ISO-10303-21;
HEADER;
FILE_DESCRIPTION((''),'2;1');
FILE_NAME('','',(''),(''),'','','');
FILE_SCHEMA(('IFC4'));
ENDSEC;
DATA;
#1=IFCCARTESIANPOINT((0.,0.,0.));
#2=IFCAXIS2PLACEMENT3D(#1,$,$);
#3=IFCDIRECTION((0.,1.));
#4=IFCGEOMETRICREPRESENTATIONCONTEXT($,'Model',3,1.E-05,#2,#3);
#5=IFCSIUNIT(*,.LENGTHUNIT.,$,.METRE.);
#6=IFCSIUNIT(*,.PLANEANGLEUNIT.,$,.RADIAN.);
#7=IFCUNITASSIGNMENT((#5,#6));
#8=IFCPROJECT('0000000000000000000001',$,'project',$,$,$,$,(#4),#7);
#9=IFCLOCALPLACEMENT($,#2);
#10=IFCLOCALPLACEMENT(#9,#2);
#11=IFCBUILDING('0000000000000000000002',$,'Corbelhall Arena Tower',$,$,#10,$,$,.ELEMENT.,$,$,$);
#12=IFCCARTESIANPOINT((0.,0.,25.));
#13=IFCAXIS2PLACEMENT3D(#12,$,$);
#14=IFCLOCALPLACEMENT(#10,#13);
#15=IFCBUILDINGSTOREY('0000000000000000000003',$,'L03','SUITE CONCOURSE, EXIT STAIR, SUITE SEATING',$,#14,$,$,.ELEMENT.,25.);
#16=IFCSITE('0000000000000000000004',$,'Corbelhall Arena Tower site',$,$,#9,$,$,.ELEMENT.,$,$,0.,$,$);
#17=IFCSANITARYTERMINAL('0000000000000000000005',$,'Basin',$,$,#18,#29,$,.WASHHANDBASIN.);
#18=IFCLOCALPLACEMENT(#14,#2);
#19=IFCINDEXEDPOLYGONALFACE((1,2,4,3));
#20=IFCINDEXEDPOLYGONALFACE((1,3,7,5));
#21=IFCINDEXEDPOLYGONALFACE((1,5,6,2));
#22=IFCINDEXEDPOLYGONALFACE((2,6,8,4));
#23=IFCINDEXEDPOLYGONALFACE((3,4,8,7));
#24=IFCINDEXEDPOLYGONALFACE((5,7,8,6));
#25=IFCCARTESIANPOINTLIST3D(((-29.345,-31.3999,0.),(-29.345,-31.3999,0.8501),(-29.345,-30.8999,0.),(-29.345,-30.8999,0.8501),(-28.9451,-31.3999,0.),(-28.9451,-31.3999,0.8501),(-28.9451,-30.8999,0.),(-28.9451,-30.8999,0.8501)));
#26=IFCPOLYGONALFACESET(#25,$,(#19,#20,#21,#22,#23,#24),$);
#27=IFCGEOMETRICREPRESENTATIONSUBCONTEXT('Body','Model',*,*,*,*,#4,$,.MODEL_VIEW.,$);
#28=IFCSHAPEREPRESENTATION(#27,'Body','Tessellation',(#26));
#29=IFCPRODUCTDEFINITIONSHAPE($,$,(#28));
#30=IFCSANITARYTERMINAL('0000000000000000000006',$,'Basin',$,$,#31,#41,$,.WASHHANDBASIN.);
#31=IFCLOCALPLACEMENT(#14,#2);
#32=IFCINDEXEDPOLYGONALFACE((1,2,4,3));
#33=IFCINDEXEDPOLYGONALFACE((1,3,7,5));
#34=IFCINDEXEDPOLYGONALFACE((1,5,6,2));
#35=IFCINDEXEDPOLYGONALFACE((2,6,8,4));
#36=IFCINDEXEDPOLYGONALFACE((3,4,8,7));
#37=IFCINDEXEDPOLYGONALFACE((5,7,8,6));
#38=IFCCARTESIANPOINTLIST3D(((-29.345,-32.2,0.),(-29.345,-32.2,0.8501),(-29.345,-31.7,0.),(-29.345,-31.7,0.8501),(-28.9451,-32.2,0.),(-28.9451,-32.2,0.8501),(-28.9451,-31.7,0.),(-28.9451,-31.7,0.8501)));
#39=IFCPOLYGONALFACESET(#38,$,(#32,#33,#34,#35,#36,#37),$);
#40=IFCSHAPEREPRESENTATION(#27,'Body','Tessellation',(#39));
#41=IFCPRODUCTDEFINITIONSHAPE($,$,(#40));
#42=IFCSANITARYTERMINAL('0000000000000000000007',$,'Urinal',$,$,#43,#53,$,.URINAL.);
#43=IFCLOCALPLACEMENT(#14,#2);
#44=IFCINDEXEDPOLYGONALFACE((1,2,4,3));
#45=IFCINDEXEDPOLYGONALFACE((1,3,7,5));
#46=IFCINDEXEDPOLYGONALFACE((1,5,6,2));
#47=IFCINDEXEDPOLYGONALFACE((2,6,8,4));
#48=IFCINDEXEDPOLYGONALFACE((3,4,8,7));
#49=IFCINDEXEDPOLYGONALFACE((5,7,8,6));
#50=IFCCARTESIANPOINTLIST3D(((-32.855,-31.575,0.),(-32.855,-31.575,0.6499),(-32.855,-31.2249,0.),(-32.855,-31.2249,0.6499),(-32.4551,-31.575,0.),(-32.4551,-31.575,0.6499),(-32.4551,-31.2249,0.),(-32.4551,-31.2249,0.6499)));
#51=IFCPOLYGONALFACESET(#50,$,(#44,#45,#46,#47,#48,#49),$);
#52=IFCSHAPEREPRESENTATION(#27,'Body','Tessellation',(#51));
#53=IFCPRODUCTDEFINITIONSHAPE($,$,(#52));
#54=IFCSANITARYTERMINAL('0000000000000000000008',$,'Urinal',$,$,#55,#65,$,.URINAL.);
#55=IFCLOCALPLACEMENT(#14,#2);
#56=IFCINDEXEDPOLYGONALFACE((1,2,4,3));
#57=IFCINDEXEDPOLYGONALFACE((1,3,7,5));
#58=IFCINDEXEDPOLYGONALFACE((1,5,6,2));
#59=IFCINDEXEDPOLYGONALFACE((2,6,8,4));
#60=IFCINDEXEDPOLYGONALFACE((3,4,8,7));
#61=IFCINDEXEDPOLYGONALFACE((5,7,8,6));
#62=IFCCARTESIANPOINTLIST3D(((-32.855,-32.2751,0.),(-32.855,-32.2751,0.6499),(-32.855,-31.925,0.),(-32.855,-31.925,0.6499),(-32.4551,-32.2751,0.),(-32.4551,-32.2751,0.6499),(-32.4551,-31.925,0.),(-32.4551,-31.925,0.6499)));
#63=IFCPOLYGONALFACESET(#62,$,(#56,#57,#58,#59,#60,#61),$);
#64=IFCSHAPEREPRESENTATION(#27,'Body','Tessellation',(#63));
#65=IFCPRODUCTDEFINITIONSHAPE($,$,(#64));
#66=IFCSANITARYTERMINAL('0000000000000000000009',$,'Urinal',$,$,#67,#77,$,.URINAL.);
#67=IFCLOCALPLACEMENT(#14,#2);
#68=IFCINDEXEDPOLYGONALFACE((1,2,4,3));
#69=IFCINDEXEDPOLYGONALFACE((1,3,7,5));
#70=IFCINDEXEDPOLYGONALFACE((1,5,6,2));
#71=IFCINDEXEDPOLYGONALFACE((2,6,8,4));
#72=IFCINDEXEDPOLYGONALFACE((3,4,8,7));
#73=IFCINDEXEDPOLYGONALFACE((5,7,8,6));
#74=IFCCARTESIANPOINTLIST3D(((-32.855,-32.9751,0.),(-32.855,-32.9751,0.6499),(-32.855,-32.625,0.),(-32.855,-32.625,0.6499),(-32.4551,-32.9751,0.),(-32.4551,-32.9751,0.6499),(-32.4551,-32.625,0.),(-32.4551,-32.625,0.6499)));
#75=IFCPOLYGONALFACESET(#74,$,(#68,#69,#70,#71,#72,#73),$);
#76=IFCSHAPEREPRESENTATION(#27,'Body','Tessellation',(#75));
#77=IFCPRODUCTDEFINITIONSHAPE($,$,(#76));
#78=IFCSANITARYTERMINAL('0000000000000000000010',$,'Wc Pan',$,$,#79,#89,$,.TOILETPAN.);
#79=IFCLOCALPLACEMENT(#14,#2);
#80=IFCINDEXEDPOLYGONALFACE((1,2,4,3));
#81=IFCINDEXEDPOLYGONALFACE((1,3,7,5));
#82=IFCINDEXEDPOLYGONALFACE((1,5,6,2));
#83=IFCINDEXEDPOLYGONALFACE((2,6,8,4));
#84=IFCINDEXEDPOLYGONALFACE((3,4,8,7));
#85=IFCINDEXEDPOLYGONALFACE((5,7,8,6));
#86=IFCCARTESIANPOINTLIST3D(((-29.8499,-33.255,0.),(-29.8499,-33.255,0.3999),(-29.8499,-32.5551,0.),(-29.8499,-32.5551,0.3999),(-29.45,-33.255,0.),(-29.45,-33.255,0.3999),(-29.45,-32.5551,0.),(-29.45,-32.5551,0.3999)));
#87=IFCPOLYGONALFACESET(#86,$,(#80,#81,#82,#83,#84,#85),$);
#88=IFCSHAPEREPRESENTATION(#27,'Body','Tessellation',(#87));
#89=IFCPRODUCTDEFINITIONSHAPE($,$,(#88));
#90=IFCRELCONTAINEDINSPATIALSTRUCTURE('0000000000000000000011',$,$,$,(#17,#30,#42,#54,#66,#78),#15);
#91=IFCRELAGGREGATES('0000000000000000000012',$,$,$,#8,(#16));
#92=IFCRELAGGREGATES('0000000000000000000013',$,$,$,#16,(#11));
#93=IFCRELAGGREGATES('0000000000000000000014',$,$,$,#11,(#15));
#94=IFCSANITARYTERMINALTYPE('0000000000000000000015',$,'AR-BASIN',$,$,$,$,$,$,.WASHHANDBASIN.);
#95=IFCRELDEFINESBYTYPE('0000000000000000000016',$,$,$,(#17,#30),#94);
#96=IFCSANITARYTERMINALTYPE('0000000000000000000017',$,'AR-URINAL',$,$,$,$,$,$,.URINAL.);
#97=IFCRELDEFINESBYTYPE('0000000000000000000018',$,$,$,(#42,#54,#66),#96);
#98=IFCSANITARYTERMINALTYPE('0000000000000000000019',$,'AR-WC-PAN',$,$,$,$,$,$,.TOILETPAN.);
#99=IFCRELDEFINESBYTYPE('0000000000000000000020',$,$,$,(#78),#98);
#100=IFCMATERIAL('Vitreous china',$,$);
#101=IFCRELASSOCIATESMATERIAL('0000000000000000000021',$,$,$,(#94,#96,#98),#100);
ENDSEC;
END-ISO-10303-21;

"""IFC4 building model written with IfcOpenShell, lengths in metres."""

from ifc_helpers import new_model, si_unit, direction, frame, origin, origin_2d, place, context, subcontext, project, spatial, rectangle, extrude, material, type_object, element, save


model = new_model("IFC4")

# Units and contexts
model_context = context("Model", 3, precision=1e-05, world=origin(), true_north=direction((0.0, 1.0)))
body_context = subcontext(model_context, "Body", "Model", "MODEL_VIEW")
ifc_project = project(units=[si_unit("LENGTHUNIT", "METRE"), si_unit("PLANEANGLEUNIT", "RADIAN")], contexts=[model_context])

# Site, building, storey
site_placement = place(None, origin())
site = spatial("IfcSite", under=ifc_project, at=site_placement, Name="Corbelhall Arena Tower site", CompositionType="ELEMENT", RefElevation=0.0)
building_placement = place(site_placement, origin())
building = spatial("IfcBuilding", under=site, at=building_placement, Name="Corbelhall Arena Tower", CompositionType="ELEMENT")
storey_placement = place(building_placement, frame((0.0, 0.0, 25.0)))
storey = spatial("IfcBuildingStorey", under=building, at=storey_placement, Name="L03", Description="SUITE CONCOURSE, EXIT STAIR, SUITE SEATING", CompositionType="ELEMENT", Elevation=25.0)

# Sanitary terminals
ifc_material_1 = material(Name="Vitreous china")
sanitary_terminal_type_1 = type_object("IfcSanitaryTerminalType", Name="AR-BASIN", PredefinedType="WASHHANDBASIN", material=ifc_material_1)
for number, where, z_axis, x_axis, name in (
    (1, (-29.145, -31.1499, 0.0), (0.0, 0.0, 1.0), (1.0, 0.0, 0.0), "Basin"),
    (2, (-29.145, -31.95, 0.0), (0.0, 0.0, 1.0), (1.0, 0.0, 0.0), "Basin"),
):
    element("IfcSanitaryTerminal", number, at=place(storey_placement, frame(where, z_axis=z_axis, x_axis=x_axis)), inside=storey, type_object=sanitary_terminal_type_1, Name=name, PredefinedType="WASHHANDBASIN", context=body_context, shape_type="SweptSolid", body=[
        extrude(rectangle(XDim=0.3999, YDim=0.5, at=origin_2d()), origin(), (0.0, 0.0, 1.0), 0.8501),
    ])
sanitary_terminal_type_2 = type_object("IfcSanitaryTerminalType", Name="AR-URINAL", PredefinedType="URINAL", material=ifc_material_1)
for number, where, z_axis, x_axis, name in (
    (3, (-32.655, -31.3999, 0.0), (0.0, 0.0, 1.0), (1.0, 0.0, 0.0), "Urinal"),
    (4, (-32.655, -32.1001, 0.0), (0.0, 0.0, 1.0), (1.0, 0.0, 0.0), "Urinal"),
    (5, (-32.655, -32.8, 0.0), (0.0, 0.0, 1.0), (1.0, 0.0, 0.0), "Urinal"),
):
    element("IfcSanitaryTerminal", number, at=place(storey_placement, frame(where, z_axis=z_axis, x_axis=x_axis)), inside=storey, type_object=sanitary_terminal_type_2, Name=name, PredefinedType="URINAL", context=body_context, shape_type="SweptSolid", body=[
        extrude(rectangle(XDim=0.3999, YDim=0.3501, at=origin_2d()), origin(), (0.0, 0.0, 1.0), 0.6499),
    ])
sanitary_terminal_type_3 = type_object("IfcSanitaryTerminalType", Name="AR-WC-PAN", PredefinedType="TOILETPAN", material=ifc_material_1)
sanitary_terminal_placement = place(storey_placement, frame((-29.6499, -32.905, 0.0), z_axis=(0.0, 0.0, 1.0), x_axis=(1.0, 0.0, 0.0)))
element("IfcSanitaryTerminal", 6, at=sanitary_terminal_placement, inside=storey, type_object=sanitary_terminal_type_3, Name="Wc Pan", PredefinedType="TOILETPAN", context=body_context, shape_type="SweptSolid", body=[
    extrude(rectangle(XDim=0.3999, YDim=0.7, at=origin_2d()), origin(), (0.0, 0.0, 1.0), 0.3999),
])

save(model, "model.ifc")
